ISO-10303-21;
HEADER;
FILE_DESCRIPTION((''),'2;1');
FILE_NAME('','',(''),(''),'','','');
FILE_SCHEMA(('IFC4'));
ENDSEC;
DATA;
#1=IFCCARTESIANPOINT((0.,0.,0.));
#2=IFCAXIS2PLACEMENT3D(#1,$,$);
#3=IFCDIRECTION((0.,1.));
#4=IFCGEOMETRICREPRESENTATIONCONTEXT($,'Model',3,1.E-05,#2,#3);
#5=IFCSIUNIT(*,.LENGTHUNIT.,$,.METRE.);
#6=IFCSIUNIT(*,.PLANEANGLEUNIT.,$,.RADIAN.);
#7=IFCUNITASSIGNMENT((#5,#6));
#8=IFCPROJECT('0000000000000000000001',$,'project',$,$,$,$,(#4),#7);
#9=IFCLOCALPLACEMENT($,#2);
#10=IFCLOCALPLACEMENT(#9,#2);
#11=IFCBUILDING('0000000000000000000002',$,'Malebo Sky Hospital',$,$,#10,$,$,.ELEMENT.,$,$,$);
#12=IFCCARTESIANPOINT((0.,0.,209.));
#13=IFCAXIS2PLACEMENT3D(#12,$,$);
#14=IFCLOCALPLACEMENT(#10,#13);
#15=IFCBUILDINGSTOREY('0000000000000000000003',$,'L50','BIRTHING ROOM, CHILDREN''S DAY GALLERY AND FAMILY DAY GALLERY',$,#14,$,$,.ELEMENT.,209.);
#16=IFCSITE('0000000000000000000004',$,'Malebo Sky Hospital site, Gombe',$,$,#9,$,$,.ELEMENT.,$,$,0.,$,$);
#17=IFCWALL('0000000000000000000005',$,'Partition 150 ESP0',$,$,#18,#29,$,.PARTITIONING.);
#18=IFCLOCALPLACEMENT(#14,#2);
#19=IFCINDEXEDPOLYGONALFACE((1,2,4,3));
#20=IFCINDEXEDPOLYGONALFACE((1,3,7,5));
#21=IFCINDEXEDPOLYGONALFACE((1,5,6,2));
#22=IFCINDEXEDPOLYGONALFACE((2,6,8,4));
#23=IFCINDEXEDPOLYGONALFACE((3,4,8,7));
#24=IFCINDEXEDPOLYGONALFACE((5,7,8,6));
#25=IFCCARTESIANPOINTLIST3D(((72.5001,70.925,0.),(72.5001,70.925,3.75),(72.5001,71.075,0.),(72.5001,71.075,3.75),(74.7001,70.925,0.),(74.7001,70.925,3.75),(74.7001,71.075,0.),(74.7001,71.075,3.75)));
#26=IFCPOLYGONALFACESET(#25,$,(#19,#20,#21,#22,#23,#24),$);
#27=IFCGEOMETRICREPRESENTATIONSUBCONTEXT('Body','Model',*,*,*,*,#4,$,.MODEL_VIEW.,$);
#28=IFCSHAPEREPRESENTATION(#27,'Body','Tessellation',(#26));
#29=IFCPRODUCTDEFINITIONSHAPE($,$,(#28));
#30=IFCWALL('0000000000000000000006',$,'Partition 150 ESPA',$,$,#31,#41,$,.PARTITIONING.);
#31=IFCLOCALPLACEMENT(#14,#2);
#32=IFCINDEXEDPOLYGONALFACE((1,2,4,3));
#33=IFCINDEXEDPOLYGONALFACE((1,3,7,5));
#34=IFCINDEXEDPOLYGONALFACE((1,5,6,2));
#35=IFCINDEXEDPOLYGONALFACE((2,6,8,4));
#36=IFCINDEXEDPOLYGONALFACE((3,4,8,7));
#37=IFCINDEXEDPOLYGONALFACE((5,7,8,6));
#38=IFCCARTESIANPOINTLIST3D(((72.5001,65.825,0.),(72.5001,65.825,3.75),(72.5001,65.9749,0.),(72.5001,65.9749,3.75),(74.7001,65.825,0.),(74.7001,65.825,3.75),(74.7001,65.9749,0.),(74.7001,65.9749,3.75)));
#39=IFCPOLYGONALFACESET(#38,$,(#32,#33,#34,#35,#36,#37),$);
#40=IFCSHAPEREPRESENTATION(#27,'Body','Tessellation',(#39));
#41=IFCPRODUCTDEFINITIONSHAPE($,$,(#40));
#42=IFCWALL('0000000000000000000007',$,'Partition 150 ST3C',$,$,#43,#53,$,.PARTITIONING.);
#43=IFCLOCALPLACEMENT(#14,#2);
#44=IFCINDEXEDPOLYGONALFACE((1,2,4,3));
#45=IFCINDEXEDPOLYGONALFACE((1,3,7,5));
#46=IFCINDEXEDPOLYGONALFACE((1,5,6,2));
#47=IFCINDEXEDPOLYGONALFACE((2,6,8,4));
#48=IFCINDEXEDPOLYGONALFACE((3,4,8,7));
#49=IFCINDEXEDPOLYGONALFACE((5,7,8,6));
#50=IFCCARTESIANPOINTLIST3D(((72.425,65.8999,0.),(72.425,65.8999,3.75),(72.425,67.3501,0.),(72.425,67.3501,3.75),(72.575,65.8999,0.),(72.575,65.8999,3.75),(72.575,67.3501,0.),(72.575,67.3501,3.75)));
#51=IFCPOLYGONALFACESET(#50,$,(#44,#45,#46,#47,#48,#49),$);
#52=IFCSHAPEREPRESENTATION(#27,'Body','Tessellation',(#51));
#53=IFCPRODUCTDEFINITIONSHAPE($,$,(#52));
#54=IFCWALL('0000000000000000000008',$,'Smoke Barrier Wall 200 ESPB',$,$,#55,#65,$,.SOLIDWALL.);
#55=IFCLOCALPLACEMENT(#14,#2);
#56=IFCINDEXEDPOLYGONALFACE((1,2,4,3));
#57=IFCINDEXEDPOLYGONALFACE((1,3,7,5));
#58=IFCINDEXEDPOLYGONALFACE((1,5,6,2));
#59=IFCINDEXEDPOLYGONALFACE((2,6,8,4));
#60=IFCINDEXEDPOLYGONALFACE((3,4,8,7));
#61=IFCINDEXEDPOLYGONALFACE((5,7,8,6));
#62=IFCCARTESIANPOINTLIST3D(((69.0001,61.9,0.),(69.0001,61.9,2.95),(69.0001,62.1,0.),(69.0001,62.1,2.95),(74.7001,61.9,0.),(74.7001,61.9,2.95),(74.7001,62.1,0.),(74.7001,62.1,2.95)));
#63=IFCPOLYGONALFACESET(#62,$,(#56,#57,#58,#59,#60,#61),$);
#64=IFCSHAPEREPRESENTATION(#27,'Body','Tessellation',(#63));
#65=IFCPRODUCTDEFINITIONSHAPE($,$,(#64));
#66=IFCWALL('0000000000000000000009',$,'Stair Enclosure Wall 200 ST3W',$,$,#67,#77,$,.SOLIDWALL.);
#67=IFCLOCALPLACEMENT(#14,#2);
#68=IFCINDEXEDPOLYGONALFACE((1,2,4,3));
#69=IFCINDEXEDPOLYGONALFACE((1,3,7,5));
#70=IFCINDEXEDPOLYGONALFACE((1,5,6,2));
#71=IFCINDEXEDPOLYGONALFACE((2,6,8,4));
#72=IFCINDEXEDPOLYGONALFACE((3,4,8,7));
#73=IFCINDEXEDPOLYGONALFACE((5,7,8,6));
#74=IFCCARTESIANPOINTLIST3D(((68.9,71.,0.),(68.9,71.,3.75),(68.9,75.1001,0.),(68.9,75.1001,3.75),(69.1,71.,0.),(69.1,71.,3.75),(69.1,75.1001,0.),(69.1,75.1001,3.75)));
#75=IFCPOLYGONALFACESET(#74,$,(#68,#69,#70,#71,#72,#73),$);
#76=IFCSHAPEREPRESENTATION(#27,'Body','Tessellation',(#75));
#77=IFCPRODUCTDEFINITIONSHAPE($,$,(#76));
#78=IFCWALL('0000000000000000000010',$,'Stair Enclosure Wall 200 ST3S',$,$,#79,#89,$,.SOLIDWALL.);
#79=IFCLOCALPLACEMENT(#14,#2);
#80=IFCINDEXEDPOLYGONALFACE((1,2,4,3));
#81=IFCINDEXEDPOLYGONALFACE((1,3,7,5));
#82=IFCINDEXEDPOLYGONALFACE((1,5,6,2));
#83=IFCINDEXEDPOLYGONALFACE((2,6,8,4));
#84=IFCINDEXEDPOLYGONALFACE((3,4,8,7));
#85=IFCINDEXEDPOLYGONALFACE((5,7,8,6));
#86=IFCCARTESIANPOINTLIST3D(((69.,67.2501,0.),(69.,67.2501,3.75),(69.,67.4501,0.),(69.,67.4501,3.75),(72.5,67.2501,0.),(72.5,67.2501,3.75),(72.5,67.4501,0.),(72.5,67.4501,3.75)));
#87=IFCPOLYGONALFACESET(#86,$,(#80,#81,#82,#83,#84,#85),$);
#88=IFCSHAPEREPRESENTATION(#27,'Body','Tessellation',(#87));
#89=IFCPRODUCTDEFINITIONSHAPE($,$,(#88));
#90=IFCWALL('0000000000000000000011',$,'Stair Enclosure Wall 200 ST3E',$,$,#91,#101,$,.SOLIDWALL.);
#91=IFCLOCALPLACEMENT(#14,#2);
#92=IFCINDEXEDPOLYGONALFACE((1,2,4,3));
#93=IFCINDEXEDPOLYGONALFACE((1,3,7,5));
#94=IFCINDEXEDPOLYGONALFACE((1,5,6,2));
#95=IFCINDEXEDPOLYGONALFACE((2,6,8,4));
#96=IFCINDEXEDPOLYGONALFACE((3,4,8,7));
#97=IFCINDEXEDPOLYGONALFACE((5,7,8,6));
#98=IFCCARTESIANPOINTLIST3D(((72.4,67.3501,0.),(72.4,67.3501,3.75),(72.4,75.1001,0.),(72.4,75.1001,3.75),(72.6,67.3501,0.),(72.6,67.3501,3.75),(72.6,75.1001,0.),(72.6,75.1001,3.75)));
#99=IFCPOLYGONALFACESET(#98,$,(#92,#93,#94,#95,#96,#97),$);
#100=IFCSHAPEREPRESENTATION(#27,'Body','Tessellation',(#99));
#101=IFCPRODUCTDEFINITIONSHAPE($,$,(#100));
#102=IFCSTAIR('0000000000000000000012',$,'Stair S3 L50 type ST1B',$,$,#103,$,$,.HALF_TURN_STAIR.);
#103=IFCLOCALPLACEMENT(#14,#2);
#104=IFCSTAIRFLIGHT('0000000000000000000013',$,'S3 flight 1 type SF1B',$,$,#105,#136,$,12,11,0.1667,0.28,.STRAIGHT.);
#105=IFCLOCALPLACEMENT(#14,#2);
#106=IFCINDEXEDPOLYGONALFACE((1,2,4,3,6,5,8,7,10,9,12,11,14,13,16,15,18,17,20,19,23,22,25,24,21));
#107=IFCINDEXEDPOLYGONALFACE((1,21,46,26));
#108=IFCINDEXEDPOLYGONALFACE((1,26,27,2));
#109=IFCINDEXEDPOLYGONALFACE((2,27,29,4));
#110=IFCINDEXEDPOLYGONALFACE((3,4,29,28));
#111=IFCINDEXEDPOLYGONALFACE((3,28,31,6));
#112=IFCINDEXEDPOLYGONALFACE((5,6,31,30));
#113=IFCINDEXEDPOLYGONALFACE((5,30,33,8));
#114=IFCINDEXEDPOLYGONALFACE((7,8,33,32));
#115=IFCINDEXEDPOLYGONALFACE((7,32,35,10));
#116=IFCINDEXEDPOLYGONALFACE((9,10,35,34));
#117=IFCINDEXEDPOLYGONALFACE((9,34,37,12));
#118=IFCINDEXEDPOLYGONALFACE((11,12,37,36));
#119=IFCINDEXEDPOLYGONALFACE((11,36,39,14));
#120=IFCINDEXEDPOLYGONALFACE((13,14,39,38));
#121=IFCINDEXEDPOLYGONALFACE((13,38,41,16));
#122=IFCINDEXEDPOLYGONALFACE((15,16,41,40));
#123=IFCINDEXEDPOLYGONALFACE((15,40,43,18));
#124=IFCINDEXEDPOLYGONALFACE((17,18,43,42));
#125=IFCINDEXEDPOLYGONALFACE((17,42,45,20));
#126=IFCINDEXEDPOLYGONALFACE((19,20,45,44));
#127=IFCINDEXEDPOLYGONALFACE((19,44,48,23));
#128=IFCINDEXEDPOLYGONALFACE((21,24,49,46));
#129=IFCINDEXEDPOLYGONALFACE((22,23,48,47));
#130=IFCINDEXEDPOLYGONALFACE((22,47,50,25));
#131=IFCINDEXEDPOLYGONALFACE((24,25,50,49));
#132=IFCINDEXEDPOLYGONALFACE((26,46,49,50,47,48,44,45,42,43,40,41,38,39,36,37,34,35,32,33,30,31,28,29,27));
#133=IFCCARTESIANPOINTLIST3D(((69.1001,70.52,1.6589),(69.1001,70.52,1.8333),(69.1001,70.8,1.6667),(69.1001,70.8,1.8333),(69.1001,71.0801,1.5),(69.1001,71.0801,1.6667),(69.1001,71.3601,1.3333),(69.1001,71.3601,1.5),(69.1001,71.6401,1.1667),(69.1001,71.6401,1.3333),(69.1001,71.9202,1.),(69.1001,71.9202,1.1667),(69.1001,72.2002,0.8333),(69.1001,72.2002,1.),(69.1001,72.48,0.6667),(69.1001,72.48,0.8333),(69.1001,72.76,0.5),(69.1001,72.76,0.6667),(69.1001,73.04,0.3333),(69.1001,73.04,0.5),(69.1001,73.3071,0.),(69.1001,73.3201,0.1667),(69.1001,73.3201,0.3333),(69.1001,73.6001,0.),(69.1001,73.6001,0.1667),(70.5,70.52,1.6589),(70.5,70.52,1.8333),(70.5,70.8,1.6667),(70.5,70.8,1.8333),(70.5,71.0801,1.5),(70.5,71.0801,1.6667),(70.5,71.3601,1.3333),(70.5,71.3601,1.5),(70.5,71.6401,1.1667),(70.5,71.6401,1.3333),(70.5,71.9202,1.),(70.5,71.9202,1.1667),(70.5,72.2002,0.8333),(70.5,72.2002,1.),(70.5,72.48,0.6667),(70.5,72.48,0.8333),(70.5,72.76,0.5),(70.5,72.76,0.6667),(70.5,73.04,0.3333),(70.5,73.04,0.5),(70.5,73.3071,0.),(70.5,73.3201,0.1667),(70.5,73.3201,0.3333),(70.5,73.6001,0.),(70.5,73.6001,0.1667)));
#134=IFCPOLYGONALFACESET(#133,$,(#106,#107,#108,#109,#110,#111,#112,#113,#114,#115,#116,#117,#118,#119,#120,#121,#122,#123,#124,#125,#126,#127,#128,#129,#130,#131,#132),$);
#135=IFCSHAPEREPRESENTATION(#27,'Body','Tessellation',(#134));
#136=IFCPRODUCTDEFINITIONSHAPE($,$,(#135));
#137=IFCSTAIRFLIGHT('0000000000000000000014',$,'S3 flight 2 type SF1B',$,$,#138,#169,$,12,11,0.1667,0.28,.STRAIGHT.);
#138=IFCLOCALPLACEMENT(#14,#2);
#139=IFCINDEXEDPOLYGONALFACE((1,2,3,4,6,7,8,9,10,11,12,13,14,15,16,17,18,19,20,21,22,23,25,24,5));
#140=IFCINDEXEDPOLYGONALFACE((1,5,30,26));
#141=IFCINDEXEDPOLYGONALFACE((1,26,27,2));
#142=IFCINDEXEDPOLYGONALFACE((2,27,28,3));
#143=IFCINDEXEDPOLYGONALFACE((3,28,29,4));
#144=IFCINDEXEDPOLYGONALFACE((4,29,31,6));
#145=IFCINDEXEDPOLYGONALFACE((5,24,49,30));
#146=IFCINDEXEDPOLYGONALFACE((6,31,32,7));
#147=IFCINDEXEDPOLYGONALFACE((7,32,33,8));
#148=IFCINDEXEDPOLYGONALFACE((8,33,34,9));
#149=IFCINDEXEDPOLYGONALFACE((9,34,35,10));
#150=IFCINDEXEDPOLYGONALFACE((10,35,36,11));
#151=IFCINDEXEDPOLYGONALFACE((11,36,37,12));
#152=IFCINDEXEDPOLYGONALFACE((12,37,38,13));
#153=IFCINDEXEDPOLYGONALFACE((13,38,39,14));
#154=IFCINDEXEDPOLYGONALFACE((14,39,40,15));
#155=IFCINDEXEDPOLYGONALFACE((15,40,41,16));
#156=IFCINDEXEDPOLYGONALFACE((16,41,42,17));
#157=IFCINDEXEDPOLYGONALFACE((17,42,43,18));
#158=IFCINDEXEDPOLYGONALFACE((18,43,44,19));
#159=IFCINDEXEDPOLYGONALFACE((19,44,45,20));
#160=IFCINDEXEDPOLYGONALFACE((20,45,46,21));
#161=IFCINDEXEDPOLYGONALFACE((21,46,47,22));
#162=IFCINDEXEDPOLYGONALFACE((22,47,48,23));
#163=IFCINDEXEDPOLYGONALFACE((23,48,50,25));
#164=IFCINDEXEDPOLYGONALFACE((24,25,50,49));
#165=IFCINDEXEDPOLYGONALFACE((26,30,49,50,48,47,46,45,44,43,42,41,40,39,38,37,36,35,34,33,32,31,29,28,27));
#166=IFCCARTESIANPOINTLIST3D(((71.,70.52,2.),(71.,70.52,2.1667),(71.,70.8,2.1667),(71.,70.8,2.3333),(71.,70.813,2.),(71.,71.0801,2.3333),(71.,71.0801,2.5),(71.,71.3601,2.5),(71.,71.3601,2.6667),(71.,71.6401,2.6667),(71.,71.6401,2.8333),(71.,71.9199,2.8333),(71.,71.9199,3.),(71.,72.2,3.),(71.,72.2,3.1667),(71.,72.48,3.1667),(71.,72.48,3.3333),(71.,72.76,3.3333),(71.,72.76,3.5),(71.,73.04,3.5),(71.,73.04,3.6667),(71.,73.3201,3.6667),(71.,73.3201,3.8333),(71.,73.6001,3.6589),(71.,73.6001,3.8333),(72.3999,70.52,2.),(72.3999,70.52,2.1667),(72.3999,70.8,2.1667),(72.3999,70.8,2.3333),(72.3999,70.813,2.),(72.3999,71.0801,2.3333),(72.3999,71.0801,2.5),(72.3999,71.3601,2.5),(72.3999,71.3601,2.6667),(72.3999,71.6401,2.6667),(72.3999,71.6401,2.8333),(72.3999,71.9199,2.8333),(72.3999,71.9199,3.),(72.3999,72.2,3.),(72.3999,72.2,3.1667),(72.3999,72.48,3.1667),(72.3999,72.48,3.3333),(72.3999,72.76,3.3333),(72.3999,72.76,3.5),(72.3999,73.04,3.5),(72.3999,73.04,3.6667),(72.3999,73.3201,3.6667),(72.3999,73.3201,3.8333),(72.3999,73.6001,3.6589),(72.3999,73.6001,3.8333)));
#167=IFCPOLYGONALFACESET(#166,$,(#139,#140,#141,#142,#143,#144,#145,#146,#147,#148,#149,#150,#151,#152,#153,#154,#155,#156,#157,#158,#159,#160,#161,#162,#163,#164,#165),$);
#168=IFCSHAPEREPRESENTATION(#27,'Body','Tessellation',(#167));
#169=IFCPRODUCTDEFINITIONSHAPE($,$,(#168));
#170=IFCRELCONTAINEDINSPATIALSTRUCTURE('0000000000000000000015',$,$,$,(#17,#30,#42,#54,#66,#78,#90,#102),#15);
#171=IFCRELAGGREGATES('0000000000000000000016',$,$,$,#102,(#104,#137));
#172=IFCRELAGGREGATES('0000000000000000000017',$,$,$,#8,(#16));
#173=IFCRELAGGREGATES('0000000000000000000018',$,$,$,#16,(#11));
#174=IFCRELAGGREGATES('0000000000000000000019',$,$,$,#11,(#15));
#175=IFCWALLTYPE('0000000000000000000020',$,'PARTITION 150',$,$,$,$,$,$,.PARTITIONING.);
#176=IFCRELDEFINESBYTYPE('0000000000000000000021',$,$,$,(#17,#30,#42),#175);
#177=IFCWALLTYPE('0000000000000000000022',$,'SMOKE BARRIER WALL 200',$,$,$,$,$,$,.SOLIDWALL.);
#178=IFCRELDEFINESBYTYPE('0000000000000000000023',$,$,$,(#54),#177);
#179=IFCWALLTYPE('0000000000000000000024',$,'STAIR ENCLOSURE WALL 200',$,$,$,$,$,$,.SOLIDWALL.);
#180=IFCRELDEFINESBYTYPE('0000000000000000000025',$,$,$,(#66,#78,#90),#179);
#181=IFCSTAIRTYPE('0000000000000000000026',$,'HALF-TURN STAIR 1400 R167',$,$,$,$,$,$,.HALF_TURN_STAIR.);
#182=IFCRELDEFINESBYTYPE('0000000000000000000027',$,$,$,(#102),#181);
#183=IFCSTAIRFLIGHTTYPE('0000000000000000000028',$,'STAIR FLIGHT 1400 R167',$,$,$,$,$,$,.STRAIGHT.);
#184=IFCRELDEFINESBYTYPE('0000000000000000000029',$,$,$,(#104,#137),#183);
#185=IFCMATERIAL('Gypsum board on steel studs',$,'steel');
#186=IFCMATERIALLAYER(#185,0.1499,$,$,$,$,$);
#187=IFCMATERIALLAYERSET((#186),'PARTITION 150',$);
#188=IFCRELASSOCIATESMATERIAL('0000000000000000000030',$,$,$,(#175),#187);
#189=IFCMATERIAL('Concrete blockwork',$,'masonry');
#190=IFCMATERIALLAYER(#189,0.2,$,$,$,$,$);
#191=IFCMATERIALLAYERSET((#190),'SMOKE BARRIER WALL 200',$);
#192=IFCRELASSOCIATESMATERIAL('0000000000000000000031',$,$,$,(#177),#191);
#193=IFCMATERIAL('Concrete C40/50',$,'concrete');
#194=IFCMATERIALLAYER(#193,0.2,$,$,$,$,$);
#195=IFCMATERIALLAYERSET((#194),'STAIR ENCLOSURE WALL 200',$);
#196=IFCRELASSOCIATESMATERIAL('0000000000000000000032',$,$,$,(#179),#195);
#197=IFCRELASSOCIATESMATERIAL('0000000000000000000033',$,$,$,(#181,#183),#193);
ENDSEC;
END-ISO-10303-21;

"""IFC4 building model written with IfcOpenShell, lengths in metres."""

from ifc_helpers import new_model, si_unit, direction, frame, frame_2d, origin, place, context, subcontext, project, spatial, polyline, rectangle, outline, extrude, material, layer, layer_set, type_object, element, aggregate, save


model = new_model("IFC4")

# Units and contexts
model_context = context("Model", 3, precision=1e-05, world=origin(), true_north=direction((0.0, 1.0)))
body_context = subcontext(model_context, "Body", "Model", "MODEL_VIEW")
ifc_project = project(units=[si_unit("LENGTHUNIT", "METRE"), si_unit("PLANEANGLEUNIT", "RADIAN")], contexts=[model_context])

# Site, building, storey
site_placement = place(None, origin())
site = spatial("IfcSite", under=ifc_project, at=site_placement, Name="Malebo Sky Hospital site, Gombe", CompositionType="ELEMENT", RefElevation=0.0)
building_placement = place(site_placement, origin())
building = spatial("IfcBuilding", under=site, at=building_placement, Name="Malebo Sky Hospital", CompositionType="ELEMENT")
storey_placement = place(building_placement, frame((0.0, 0.0, 209.0)))
storey = spatial("IfcBuildingStorey", under=building, at=storey_placement, Name="L50", Description="BIRTHING ROOM, CHILDREN'S DAY GALLERY AND FAMILY DAY GALLERY", CompositionType="ELEMENT", Elevation=209.0)

# Shared definitions
ifc_material_1 = material(Name="Gypsum board on steel studs", Category="steel")

# Shared definitions
ifc_layer_1 = layer(ifc_material_1, 0.1499)
ifc_layer_set_1 = layer_set([ifc_layer_1], Name="PARTITION 150")
wall_type_1 = type_object("IfcWallType", Name="PARTITION 150", PredefinedType="PARTITIONING", material=ifc_layer_set_1)

# Walls
for number, where, z_axis, x_axis, name in (
    (1, (72.5, 71.0, 0.0), (0.0, 0.0, 1.0), (1.0, 0.0, 0.0), "Partition 150 ESP0"),
    (2, (72.5, 65.8999, 0.0), (0.0, 0.0, 1.0), (1.0, 0.0, 0.0), "Partition 150 ESPA"),
):
    element("IfcWall", number, at=place(storey_placement, frame(where, z_axis=z_axis, x_axis=x_axis)), inside=storey, type_object=wall_type_1, Name=name, PredefinedType="PARTITIONING", context=body_context, shape_type="SweptSolid", body=[
        extrude(rectangle(XDim=2.2, YDim=0.1499, at=frame_2d((1.1001, 0.0))), origin(), (0.0, 0.0, 1.0), 3.75),
    ])
wall_1_placement = place(storey_placement, frame((72.5, 65.8999, 0.0), z_axis=(0.0, 0.0, 1.0), x_axis=(0.0, 1.0, 0.0)))
element("IfcWall", 3, at=wall_1_placement, inside=storey, type_object=wall_type_1, Name="Partition 150 ST3C", PredefinedType="PARTITIONING", context=body_context, shape_type="SweptSolid", body=[
    extrude(rectangle(XDim=1.4502, YDim=0.1499, at=frame_2d((0.7251, 0.0))), origin(), (0.0, 0.0, 1.0), 3.75),
])
ifc_material_2 = material(Name="Concrete blockwork", Category="masonry")
ifc_layer_2 = layer(ifc_material_2, 0.2)
ifc_layer_set_2 = layer_set([ifc_layer_2], Name="SMOKE BARRIER WALL 200")
wall_type_2 = type_object("IfcWallType", Name="SMOKE BARRIER WALL 200", PredefinedType="SOLIDWALL", material=ifc_layer_set_2)
wall_2_placement = place(storey_placement, frame((69.0, 62.0, 0.0), z_axis=(0.0, 0.0, 1.0), x_axis=(1.0, 0.0, 0.0)))
element("IfcWall", 4, at=wall_2_placement, inside=storey, type_object=wall_type_2, Name="Smoke Barrier Wall 200 ESPB", PredefinedType="SOLIDWALL", context=body_context, shape_type="SweptSolid", body=[
    extrude(rectangle(XDim=5.7, YDim=0.2, at=frame_2d((2.8501, 0.0))), origin(), (0.0, 0.0, 1.0), 2.95),
])
ifc_material_3 = material(Name="Concrete C40/50", Category="concrete")
ifc_layer_3 = layer(ifc_material_3, 0.2)
ifc_layer_set_3 = layer_set([ifc_layer_3], Name="STAIR ENCLOSURE WALL 200")
wall_type_3 = type_object("IfcWallType", Name="STAIR ENCLOSURE WALL 200", PredefinedType="SOLIDWALL", material=ifc_layer_set_3)
wall_3_placement = place(storey_placement, frame((69.0, 71.0, 0.0), z_axis=(0.0, 0.0, 1.0), x_axis=(0.0, 1.0, 0.0)))
element("IfcWall", 5, at=wall_3_placement, inside=storey, type_object=wall_type_3, Name="Stair Enclosure Wall 200 ST3W", PredefinedType="SOLIDWALL", context=body_context, shape_type="SweptSolid", body=[
    extrude(rectangle(XDim=4.1001, YDim=0.2, at=frame_2d((2.05, 0.0))), origin(), (0.0, 0.0, 1.0), 3.75),
])
wall_4_placement = place(storey_placement, frame((69.0, 67.3501, 0.0), z_axis=(0.0, 0.0, 1.0), x_axis=(1.0, 0.0, 0.0)))
element("IfcWall", 6, at=wall_4_placement, inside=storey, type_object=wall_type_3, Name="Stair Enclosure Wall 200 ST3S", PredefinedType="SOLIDWALL", context=body_context, shape_type="SweptSolid", body=[
    extrude(rectangle(XDim=3.5, YDim=0.2, at=frame_2d((1.75, 0.0))), origin(), (0.0, 0.0, 1.0), 3.75),
])
wall_5_placement = place(storey_placement, frame((72.5, 67.3501, 0.0), z_axis=(0.0, 0.0, 1.0), x_axis=(0.0, 1.0, 0.0)))
element("IfcWall", 7, at=wall_5_placement, inside=storey, type_object=wall_type_3, Name="Stair Enclosure Wall 200 ST3E", PredefinedType="SOLIDWALL", context=body_context, shape_type="SweptSolid", body=[
    extrude(rectangle(XDim=7.75, YDim=0.2, at=frame_2d((3.875, 0.0))), origin(), (0.0, 0.0, 1.0), 3.75),
])

# Stair, stair flights
stair_type = type_object("IfcStairType", Name="HALF-TURN STAIR 1400 R167", PredefinedType="HALF_TURN_STAIR", material=ifc_material_3)
stair_placement = place(storey_placement, origin())
stair = element("IfcStair", 8, at=stair_placement, inside=storey, type_object=stair_type, Name="Stair S3 L50 type ST1B", PredefinedType="HALF_TURN_STAIR")
stair_flight_type = type_object("IfcStairFlightType", Name="STAIR FLIGHT 1400 R167", PredefinedType="STRAIGHT", material=ifc_material_3)
stair_flight_1_placement = place(storey_placement, frame((69.8, 73.6001, 0.0), z_axis=(0.0, 0.0, 1.0), x_axis=(0.0, -1.0, 0.0)))
stair_flight_1 = element("IfcStairFlight", 9, at=stair_flight_1_placement, type_object=stair_flight_type, Name="S3 flight 1 type SF1B", NumberOfRisers=12, NumberOfTreads=11, PredefinedType="STRAIGHT", RiserHeight=0.1667, TreadLength=0.28, context=body_context, shape_type="SweptSolid", body=[
    extrude(outline(polyline([(0.0, 0.0), (0.0, 0.1667), (0.28, 0.1667), (0.28, 0.3333), (0.5601, 0.3333), (0.5601, 0.5), (0.8401, 0.5), (0.8401, 0.6667), (1.1201, 0.6667), (1.1201, 0.8333), (1.3999, 0.8333), (1.3999, 1.0), (1.6799, 1.0), (1.6799, 1.1667), (1.96, 1.1667), (1.96, 1.3333), (2.24, 1.3333), (2.24, 1.5), (2.52, 1.5), (2.52, 1.6667), (2.8, 1.6667), (2.8, 1.8333), (3.0801, 1.8333), (3.0801, 2.0), (3.0801, 1.6589), (0.293, 0.0), (0.0, 0.0)])), frame((0.0, 0.7, 0.0), z_axis=(0.0, -1.0, 0.0), x_axis=(1.0, 0.0, 0.0)), (0.0, 0.0, 1.0), 1.3999),
])
stair_flight_2_placement = place(storey_placement, frame((71.7, 70.52, 2.0), z_axis=(0.0, 0.0, 1.0), x_axis=(0.0, 1.0, 0.0)))
stair_flight_2 = element("IfcStairFlight", 10, at=stair_flight_2_placement, type_object=stair_flight_type, Name="S3 flight 2 type SF1B", NumberOfRisers=12, NumberOfTreads=11, PredefinedType="STRAIGHT", RiserHeight=0.1667, TreadLength=0.28, context=body_context, shape_type="SweptSolid", body=[
    extrude(outline(polyline([(0.0, 0.0), (0.0, 0.1667), (0.28, 0.1667), (0.28, 0.3333), (0.5601, 0.3333), (0.5601, 0.5), (0.8401, 0.5), (0.8401, 0.6667), (1.1201, 0.6667), (1.1201, 0.8333), (1.3999, 0.8333), (1.3999, 1.0), (1.6799, 1.0), (1.6799, 1.1667), (1.96, 1.1667), (1.96, 1.3333), (2.24, 1.3333), (2.24, 1.5), (2.52, 1.5), (2.52, 1.6667), (2.8, 1.6667), (2.8, 1.8333), (3.0801, 1.8333), (3.0801, 2.0), (3.0801, 1.6589), (0.293, 0.0), (0.0, 0.0)])), frame((0.0, 0.7, 0.0), z_axis=(0.0, -1.0, 0.0), x_axis=(1.0, 0.0, 0.0)), (0.0, 0.0, 1.0), 1.3999),
])
aggregate(stair, [stair_flight_1, stair_flight_2])

save(model, "model.ifc")
